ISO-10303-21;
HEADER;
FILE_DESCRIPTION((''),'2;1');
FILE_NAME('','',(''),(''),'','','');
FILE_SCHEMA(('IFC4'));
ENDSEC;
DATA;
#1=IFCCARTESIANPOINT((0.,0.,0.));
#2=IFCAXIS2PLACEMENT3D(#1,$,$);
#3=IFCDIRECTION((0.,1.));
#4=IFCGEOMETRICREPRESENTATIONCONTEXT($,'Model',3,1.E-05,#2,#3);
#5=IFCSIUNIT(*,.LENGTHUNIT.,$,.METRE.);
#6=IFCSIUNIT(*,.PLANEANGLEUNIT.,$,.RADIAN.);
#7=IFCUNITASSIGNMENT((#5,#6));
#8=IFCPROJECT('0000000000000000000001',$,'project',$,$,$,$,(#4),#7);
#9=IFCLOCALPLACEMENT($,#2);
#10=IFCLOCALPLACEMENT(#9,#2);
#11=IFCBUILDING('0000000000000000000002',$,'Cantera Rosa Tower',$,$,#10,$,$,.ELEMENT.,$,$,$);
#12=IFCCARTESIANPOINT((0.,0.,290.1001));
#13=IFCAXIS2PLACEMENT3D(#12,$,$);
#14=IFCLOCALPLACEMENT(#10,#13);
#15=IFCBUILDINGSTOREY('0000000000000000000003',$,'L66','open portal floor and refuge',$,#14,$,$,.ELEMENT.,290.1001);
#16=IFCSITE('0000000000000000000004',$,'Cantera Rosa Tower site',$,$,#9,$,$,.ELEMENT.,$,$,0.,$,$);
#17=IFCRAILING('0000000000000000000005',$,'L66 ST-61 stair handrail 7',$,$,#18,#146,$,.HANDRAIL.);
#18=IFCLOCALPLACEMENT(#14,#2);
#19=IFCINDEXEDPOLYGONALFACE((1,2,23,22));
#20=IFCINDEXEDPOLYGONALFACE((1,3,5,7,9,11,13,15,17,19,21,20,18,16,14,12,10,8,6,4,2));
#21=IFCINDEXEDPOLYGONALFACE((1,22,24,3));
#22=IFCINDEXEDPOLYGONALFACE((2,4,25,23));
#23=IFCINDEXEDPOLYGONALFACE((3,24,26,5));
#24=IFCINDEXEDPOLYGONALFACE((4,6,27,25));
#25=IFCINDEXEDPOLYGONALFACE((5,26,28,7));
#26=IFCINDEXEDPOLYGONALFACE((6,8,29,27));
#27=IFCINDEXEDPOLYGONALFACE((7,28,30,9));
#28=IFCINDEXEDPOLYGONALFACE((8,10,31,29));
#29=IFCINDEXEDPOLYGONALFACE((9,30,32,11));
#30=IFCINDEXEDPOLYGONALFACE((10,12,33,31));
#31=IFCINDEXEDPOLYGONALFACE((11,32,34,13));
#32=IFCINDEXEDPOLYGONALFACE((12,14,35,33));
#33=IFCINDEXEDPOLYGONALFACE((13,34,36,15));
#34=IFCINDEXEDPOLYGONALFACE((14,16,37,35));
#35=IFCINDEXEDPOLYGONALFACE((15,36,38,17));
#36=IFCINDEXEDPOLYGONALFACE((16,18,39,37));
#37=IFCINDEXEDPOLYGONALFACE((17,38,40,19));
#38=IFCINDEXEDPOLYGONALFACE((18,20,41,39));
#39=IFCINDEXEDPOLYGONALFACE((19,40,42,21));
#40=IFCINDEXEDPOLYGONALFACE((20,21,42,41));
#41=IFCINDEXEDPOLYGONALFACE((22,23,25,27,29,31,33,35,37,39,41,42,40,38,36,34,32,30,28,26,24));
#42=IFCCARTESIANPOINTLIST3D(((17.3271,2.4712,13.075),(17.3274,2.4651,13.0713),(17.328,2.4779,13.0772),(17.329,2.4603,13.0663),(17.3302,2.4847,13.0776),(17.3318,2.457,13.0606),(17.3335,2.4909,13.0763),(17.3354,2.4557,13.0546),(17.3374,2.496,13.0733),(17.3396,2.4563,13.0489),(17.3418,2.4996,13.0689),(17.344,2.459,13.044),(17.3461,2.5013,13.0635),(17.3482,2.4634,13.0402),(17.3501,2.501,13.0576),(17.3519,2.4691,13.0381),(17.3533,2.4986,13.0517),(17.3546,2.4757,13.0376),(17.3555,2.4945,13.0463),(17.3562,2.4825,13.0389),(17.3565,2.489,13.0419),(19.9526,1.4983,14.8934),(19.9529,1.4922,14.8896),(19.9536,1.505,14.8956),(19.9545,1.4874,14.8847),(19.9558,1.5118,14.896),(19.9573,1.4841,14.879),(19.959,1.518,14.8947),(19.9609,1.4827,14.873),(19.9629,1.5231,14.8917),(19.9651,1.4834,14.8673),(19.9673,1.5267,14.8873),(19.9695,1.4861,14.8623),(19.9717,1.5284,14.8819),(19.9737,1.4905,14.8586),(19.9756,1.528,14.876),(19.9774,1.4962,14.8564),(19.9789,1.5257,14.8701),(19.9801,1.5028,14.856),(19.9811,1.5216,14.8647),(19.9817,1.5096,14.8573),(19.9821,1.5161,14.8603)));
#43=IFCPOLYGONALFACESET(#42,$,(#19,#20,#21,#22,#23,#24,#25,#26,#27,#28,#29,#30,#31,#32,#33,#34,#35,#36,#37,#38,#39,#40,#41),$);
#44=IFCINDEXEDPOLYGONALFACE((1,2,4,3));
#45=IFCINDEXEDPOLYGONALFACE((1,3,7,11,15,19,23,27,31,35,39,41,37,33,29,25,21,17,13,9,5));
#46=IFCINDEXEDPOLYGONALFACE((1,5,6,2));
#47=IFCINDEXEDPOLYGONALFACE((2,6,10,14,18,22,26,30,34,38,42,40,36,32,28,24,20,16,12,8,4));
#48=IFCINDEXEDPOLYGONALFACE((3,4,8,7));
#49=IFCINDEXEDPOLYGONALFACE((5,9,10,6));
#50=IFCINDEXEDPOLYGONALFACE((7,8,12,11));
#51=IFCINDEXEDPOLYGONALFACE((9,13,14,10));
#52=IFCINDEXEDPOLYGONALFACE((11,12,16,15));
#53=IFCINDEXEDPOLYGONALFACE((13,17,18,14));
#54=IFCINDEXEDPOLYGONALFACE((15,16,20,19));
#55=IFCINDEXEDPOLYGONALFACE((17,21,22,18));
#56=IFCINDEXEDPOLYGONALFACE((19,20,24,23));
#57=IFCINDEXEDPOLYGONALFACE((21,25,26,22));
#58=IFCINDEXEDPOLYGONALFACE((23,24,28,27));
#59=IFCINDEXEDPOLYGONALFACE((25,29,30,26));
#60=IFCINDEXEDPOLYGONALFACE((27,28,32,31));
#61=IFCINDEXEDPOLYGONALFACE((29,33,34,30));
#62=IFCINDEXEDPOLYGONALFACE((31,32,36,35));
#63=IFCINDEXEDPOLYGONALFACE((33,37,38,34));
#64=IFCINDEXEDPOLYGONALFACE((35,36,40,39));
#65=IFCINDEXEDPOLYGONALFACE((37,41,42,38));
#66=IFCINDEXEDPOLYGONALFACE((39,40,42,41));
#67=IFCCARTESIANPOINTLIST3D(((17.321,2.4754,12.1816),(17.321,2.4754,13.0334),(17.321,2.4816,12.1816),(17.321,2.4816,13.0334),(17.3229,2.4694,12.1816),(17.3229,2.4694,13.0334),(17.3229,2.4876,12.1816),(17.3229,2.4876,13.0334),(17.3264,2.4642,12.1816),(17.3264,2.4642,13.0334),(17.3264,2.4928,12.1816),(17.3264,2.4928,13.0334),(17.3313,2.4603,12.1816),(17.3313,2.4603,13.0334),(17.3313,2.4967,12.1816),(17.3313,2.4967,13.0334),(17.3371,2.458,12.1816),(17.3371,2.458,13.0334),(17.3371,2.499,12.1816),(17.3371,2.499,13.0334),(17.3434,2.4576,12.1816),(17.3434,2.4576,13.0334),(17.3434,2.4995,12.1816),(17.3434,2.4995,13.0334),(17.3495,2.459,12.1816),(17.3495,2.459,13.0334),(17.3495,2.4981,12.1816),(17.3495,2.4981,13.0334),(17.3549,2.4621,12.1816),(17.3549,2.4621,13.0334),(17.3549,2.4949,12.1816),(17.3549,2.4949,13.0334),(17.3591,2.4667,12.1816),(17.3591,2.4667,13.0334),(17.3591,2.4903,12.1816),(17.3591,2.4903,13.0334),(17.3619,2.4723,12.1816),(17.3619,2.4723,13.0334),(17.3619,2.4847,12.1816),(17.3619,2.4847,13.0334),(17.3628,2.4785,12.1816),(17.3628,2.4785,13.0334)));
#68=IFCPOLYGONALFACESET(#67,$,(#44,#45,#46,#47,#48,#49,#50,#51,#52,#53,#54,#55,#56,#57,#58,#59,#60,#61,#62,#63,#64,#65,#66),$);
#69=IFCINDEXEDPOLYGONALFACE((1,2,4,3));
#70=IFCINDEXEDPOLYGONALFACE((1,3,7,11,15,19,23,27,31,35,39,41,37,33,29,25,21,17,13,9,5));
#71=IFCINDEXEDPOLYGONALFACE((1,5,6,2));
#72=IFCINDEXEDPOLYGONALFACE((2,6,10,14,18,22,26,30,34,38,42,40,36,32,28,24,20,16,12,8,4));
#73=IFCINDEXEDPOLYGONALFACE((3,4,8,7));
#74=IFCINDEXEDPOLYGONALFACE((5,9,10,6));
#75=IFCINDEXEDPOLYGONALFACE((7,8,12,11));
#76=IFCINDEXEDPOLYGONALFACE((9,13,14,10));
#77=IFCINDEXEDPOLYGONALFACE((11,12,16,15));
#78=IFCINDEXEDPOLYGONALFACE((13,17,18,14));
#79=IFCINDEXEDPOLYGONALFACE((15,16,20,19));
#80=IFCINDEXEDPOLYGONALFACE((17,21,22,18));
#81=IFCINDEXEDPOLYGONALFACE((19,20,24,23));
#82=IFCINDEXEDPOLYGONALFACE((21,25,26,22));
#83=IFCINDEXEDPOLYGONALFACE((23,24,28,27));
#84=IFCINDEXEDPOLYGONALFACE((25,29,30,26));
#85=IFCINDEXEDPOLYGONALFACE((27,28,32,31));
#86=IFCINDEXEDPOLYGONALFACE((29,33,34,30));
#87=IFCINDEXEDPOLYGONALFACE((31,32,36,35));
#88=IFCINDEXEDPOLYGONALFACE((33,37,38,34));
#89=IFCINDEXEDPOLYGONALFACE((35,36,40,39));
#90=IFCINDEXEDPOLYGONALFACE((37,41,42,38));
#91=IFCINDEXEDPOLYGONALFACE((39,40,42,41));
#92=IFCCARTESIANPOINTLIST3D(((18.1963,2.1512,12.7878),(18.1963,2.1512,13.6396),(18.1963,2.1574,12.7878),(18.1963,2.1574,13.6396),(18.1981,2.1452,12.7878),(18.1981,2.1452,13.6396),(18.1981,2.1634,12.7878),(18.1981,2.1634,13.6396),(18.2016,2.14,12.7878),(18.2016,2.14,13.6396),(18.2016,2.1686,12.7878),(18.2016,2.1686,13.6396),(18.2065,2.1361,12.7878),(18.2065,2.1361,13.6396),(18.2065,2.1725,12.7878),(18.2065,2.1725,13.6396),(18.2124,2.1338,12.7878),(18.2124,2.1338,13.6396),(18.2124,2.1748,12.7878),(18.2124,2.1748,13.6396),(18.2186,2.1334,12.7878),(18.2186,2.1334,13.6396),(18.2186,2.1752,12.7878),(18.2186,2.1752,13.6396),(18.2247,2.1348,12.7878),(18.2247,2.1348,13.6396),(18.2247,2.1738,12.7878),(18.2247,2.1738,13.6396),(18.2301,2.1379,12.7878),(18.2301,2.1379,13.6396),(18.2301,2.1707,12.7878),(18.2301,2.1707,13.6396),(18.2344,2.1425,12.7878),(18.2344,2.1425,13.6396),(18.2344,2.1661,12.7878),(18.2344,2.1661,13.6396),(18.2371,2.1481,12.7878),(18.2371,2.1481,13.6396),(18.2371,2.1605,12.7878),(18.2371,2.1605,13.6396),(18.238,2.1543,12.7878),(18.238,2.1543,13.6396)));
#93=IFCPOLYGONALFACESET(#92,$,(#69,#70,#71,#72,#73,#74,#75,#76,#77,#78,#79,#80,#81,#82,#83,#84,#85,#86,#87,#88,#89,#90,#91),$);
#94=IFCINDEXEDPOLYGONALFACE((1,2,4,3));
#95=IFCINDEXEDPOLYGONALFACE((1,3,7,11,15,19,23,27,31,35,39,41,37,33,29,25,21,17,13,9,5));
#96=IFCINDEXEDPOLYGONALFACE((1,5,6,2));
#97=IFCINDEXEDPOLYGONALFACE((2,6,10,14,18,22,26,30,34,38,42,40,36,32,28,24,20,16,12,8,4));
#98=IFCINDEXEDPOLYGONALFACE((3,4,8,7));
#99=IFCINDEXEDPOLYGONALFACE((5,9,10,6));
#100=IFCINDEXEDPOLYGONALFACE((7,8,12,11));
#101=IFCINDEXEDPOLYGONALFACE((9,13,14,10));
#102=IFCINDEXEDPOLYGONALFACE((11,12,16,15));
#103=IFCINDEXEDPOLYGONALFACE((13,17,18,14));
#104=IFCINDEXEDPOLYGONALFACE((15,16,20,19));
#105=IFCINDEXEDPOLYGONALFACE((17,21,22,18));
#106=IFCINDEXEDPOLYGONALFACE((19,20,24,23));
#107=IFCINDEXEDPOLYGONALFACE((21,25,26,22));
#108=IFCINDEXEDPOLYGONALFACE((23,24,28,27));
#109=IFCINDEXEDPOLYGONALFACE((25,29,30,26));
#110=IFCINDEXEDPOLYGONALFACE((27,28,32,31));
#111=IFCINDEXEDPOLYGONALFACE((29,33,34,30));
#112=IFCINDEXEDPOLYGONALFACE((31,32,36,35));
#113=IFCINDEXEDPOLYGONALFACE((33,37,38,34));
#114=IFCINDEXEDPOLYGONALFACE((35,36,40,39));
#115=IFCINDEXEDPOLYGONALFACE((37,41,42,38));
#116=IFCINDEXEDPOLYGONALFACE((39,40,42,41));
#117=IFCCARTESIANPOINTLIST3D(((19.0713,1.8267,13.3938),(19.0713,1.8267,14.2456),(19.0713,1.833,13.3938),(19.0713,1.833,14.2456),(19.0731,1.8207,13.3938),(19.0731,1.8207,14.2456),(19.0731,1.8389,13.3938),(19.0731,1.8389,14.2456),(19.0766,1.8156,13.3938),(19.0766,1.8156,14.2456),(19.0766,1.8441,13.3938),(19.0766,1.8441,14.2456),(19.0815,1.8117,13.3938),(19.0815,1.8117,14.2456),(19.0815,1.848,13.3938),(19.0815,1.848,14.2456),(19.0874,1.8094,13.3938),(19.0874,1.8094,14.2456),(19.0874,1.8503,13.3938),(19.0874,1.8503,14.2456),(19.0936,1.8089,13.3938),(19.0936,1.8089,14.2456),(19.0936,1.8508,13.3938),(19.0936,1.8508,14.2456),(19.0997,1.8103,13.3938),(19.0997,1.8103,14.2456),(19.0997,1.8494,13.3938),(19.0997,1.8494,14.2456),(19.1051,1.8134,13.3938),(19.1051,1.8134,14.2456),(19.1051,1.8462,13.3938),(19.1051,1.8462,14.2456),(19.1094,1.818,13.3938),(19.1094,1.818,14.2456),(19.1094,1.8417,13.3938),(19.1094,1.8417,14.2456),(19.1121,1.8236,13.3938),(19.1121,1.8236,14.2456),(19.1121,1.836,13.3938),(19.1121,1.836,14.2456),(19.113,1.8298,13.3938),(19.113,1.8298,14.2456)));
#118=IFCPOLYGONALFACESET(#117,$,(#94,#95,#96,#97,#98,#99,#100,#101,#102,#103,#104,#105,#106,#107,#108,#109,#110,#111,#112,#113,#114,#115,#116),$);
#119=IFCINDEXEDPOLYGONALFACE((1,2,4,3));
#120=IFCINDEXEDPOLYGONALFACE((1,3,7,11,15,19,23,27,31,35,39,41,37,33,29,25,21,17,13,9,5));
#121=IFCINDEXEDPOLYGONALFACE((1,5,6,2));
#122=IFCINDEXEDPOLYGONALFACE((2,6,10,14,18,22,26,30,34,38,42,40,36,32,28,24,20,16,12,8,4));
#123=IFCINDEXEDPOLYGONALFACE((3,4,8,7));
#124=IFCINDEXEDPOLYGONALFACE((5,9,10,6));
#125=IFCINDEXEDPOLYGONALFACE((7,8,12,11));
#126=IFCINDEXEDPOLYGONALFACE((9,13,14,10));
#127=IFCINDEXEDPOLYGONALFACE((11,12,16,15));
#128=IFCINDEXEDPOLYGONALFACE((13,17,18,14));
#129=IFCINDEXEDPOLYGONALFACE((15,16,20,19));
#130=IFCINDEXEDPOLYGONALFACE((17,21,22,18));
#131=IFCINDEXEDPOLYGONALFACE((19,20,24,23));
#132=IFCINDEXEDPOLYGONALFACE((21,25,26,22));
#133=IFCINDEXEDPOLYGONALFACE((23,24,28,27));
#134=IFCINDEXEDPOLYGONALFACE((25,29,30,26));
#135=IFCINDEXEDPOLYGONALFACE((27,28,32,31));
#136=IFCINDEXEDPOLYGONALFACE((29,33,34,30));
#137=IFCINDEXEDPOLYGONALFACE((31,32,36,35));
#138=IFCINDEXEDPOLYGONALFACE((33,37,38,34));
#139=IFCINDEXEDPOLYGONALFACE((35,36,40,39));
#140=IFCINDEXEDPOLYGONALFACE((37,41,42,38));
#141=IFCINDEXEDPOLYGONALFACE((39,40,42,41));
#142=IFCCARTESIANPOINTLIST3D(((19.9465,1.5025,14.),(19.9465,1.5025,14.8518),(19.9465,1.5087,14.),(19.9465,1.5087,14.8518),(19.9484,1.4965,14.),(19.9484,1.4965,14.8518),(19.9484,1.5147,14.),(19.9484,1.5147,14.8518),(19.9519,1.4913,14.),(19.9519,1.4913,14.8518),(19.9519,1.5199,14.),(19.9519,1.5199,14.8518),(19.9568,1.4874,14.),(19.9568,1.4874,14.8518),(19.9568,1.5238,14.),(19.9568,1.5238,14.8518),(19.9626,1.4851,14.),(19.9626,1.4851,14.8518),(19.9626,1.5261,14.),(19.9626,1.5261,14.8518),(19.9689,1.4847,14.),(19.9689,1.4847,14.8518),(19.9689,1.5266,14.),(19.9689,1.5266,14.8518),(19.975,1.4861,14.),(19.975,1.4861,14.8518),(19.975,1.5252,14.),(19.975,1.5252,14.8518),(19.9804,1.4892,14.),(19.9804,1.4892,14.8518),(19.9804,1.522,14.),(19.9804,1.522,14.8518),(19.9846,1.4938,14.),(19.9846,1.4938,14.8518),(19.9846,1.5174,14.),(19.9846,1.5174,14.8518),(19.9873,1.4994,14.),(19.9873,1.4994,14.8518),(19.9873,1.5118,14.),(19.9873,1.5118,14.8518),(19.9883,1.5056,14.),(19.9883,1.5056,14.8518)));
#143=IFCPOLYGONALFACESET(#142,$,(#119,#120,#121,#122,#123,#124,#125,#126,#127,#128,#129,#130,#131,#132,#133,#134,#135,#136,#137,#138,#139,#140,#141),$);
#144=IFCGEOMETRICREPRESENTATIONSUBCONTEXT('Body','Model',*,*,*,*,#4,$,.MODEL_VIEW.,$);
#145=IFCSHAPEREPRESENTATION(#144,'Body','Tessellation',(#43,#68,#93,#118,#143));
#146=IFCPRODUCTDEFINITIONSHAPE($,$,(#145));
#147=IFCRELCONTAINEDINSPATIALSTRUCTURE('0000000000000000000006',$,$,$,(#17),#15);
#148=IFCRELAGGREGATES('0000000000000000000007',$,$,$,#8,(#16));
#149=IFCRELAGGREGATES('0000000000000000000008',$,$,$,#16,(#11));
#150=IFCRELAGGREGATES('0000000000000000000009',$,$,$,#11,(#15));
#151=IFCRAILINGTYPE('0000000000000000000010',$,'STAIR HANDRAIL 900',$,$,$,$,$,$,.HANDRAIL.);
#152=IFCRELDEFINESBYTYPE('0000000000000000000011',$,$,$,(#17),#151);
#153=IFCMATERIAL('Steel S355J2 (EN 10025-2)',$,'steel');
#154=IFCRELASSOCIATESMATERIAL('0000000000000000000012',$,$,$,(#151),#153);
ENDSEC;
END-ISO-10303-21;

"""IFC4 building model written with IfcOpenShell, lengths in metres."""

from ifc_helpers import new_model, si_unit, direction, frame, origin, origin_2d, place, context, subcontext, project, spatial, circle, extrude, material, type_object, element, save


model = new_model("IFC4")

# Units and contexts
model_context = context("Model", 3, precision=1e-05, world=origin(), true_north=direction((0.0, 1.0)))
body_context = subcontext(model_context, "Body", "Model", "MODEL_VIEW")
ifc_project = project(units=[si_unit("LENGTHUNIT", "METRE"), si_unit("PLANEANGLEUNIT", "RADIAN")], contexts=[model_context])

# Site, building, storey
site_placement = place(None, origin())
site = spatial("IfcSite", under=ifc_project, at=site_placement, Name="Cantera Rosa Tower site", CompositionType="ELEMENT", RefElevation=0.0)
building_placement = place(site_placement, origin())
building = spatial("IfcBuilding", under=site, at=building_placement, Name="Cantera Rosa Tower", CompositionType="ELEMENT")
storey_placement = place(building_placement, frame((0.0, 0.0, 290.1001)))
storey = spatial("IfcBuildingStorey", under=building, at=storey_placement, Name="L66", Description="open portal floor and refuge", CompositionType="ELEMENT", Elevation=290.1001)

# Railing
ifc_material_1 = material(Name="Steel S355J2 (EN 10025-2)", Category="steel")
railing_type_1 = type_object("IfcRailingType", Name="STAIR HANDRAIL 900", PredefinedType="HANDRAIL", material=ifc_material_1)
railing_1_placement = place(storey_placement, frame((17.3418, 2.4785, 12.1816)))
element("IfcRailing", 1, at=railing_1_placement, inside=storey, type_object=railing_type_1, Name="L66 ST-61 stair handrail 7", PredefinedType="HANDRAIL", context=body_context, shape_type="SweptSolid", body=[
    extrude(circle(Radius=0.0239, at=origin_2d()), frame((0.0, 0.0, 0.876), z_axis=(0.786407, -0.291411, 0.54465), x_axis=(0.347471, 0.937691, 0.0)), (0.0, 0.0, 1.0), 3.3386),
    extrude(circle(Radius=0.021, at=origin_2d()), origin(), (0.0, 0.0, 1.0), 0.8518),
    extrude(circle(Radius=0.021, at=origin_2d()), frame((0.8752, -0.3242, 0.6062)), (0.0, 0.0, 1.0), 0.8518),
    extrude(circle(Radius=0.021, at=origin_2d()), frame((1.7502, -0.6487, 1.2122)), (0.0, 0.0, 1.0), 0.8518),
    extrude(circle(Radius=0.021, at=origin_2d()), frame((2.6255, -0.9729, 1.8184)), (0.0, 0.0, 1.0), 0.8518),
])

save(model, "model.ifc")
